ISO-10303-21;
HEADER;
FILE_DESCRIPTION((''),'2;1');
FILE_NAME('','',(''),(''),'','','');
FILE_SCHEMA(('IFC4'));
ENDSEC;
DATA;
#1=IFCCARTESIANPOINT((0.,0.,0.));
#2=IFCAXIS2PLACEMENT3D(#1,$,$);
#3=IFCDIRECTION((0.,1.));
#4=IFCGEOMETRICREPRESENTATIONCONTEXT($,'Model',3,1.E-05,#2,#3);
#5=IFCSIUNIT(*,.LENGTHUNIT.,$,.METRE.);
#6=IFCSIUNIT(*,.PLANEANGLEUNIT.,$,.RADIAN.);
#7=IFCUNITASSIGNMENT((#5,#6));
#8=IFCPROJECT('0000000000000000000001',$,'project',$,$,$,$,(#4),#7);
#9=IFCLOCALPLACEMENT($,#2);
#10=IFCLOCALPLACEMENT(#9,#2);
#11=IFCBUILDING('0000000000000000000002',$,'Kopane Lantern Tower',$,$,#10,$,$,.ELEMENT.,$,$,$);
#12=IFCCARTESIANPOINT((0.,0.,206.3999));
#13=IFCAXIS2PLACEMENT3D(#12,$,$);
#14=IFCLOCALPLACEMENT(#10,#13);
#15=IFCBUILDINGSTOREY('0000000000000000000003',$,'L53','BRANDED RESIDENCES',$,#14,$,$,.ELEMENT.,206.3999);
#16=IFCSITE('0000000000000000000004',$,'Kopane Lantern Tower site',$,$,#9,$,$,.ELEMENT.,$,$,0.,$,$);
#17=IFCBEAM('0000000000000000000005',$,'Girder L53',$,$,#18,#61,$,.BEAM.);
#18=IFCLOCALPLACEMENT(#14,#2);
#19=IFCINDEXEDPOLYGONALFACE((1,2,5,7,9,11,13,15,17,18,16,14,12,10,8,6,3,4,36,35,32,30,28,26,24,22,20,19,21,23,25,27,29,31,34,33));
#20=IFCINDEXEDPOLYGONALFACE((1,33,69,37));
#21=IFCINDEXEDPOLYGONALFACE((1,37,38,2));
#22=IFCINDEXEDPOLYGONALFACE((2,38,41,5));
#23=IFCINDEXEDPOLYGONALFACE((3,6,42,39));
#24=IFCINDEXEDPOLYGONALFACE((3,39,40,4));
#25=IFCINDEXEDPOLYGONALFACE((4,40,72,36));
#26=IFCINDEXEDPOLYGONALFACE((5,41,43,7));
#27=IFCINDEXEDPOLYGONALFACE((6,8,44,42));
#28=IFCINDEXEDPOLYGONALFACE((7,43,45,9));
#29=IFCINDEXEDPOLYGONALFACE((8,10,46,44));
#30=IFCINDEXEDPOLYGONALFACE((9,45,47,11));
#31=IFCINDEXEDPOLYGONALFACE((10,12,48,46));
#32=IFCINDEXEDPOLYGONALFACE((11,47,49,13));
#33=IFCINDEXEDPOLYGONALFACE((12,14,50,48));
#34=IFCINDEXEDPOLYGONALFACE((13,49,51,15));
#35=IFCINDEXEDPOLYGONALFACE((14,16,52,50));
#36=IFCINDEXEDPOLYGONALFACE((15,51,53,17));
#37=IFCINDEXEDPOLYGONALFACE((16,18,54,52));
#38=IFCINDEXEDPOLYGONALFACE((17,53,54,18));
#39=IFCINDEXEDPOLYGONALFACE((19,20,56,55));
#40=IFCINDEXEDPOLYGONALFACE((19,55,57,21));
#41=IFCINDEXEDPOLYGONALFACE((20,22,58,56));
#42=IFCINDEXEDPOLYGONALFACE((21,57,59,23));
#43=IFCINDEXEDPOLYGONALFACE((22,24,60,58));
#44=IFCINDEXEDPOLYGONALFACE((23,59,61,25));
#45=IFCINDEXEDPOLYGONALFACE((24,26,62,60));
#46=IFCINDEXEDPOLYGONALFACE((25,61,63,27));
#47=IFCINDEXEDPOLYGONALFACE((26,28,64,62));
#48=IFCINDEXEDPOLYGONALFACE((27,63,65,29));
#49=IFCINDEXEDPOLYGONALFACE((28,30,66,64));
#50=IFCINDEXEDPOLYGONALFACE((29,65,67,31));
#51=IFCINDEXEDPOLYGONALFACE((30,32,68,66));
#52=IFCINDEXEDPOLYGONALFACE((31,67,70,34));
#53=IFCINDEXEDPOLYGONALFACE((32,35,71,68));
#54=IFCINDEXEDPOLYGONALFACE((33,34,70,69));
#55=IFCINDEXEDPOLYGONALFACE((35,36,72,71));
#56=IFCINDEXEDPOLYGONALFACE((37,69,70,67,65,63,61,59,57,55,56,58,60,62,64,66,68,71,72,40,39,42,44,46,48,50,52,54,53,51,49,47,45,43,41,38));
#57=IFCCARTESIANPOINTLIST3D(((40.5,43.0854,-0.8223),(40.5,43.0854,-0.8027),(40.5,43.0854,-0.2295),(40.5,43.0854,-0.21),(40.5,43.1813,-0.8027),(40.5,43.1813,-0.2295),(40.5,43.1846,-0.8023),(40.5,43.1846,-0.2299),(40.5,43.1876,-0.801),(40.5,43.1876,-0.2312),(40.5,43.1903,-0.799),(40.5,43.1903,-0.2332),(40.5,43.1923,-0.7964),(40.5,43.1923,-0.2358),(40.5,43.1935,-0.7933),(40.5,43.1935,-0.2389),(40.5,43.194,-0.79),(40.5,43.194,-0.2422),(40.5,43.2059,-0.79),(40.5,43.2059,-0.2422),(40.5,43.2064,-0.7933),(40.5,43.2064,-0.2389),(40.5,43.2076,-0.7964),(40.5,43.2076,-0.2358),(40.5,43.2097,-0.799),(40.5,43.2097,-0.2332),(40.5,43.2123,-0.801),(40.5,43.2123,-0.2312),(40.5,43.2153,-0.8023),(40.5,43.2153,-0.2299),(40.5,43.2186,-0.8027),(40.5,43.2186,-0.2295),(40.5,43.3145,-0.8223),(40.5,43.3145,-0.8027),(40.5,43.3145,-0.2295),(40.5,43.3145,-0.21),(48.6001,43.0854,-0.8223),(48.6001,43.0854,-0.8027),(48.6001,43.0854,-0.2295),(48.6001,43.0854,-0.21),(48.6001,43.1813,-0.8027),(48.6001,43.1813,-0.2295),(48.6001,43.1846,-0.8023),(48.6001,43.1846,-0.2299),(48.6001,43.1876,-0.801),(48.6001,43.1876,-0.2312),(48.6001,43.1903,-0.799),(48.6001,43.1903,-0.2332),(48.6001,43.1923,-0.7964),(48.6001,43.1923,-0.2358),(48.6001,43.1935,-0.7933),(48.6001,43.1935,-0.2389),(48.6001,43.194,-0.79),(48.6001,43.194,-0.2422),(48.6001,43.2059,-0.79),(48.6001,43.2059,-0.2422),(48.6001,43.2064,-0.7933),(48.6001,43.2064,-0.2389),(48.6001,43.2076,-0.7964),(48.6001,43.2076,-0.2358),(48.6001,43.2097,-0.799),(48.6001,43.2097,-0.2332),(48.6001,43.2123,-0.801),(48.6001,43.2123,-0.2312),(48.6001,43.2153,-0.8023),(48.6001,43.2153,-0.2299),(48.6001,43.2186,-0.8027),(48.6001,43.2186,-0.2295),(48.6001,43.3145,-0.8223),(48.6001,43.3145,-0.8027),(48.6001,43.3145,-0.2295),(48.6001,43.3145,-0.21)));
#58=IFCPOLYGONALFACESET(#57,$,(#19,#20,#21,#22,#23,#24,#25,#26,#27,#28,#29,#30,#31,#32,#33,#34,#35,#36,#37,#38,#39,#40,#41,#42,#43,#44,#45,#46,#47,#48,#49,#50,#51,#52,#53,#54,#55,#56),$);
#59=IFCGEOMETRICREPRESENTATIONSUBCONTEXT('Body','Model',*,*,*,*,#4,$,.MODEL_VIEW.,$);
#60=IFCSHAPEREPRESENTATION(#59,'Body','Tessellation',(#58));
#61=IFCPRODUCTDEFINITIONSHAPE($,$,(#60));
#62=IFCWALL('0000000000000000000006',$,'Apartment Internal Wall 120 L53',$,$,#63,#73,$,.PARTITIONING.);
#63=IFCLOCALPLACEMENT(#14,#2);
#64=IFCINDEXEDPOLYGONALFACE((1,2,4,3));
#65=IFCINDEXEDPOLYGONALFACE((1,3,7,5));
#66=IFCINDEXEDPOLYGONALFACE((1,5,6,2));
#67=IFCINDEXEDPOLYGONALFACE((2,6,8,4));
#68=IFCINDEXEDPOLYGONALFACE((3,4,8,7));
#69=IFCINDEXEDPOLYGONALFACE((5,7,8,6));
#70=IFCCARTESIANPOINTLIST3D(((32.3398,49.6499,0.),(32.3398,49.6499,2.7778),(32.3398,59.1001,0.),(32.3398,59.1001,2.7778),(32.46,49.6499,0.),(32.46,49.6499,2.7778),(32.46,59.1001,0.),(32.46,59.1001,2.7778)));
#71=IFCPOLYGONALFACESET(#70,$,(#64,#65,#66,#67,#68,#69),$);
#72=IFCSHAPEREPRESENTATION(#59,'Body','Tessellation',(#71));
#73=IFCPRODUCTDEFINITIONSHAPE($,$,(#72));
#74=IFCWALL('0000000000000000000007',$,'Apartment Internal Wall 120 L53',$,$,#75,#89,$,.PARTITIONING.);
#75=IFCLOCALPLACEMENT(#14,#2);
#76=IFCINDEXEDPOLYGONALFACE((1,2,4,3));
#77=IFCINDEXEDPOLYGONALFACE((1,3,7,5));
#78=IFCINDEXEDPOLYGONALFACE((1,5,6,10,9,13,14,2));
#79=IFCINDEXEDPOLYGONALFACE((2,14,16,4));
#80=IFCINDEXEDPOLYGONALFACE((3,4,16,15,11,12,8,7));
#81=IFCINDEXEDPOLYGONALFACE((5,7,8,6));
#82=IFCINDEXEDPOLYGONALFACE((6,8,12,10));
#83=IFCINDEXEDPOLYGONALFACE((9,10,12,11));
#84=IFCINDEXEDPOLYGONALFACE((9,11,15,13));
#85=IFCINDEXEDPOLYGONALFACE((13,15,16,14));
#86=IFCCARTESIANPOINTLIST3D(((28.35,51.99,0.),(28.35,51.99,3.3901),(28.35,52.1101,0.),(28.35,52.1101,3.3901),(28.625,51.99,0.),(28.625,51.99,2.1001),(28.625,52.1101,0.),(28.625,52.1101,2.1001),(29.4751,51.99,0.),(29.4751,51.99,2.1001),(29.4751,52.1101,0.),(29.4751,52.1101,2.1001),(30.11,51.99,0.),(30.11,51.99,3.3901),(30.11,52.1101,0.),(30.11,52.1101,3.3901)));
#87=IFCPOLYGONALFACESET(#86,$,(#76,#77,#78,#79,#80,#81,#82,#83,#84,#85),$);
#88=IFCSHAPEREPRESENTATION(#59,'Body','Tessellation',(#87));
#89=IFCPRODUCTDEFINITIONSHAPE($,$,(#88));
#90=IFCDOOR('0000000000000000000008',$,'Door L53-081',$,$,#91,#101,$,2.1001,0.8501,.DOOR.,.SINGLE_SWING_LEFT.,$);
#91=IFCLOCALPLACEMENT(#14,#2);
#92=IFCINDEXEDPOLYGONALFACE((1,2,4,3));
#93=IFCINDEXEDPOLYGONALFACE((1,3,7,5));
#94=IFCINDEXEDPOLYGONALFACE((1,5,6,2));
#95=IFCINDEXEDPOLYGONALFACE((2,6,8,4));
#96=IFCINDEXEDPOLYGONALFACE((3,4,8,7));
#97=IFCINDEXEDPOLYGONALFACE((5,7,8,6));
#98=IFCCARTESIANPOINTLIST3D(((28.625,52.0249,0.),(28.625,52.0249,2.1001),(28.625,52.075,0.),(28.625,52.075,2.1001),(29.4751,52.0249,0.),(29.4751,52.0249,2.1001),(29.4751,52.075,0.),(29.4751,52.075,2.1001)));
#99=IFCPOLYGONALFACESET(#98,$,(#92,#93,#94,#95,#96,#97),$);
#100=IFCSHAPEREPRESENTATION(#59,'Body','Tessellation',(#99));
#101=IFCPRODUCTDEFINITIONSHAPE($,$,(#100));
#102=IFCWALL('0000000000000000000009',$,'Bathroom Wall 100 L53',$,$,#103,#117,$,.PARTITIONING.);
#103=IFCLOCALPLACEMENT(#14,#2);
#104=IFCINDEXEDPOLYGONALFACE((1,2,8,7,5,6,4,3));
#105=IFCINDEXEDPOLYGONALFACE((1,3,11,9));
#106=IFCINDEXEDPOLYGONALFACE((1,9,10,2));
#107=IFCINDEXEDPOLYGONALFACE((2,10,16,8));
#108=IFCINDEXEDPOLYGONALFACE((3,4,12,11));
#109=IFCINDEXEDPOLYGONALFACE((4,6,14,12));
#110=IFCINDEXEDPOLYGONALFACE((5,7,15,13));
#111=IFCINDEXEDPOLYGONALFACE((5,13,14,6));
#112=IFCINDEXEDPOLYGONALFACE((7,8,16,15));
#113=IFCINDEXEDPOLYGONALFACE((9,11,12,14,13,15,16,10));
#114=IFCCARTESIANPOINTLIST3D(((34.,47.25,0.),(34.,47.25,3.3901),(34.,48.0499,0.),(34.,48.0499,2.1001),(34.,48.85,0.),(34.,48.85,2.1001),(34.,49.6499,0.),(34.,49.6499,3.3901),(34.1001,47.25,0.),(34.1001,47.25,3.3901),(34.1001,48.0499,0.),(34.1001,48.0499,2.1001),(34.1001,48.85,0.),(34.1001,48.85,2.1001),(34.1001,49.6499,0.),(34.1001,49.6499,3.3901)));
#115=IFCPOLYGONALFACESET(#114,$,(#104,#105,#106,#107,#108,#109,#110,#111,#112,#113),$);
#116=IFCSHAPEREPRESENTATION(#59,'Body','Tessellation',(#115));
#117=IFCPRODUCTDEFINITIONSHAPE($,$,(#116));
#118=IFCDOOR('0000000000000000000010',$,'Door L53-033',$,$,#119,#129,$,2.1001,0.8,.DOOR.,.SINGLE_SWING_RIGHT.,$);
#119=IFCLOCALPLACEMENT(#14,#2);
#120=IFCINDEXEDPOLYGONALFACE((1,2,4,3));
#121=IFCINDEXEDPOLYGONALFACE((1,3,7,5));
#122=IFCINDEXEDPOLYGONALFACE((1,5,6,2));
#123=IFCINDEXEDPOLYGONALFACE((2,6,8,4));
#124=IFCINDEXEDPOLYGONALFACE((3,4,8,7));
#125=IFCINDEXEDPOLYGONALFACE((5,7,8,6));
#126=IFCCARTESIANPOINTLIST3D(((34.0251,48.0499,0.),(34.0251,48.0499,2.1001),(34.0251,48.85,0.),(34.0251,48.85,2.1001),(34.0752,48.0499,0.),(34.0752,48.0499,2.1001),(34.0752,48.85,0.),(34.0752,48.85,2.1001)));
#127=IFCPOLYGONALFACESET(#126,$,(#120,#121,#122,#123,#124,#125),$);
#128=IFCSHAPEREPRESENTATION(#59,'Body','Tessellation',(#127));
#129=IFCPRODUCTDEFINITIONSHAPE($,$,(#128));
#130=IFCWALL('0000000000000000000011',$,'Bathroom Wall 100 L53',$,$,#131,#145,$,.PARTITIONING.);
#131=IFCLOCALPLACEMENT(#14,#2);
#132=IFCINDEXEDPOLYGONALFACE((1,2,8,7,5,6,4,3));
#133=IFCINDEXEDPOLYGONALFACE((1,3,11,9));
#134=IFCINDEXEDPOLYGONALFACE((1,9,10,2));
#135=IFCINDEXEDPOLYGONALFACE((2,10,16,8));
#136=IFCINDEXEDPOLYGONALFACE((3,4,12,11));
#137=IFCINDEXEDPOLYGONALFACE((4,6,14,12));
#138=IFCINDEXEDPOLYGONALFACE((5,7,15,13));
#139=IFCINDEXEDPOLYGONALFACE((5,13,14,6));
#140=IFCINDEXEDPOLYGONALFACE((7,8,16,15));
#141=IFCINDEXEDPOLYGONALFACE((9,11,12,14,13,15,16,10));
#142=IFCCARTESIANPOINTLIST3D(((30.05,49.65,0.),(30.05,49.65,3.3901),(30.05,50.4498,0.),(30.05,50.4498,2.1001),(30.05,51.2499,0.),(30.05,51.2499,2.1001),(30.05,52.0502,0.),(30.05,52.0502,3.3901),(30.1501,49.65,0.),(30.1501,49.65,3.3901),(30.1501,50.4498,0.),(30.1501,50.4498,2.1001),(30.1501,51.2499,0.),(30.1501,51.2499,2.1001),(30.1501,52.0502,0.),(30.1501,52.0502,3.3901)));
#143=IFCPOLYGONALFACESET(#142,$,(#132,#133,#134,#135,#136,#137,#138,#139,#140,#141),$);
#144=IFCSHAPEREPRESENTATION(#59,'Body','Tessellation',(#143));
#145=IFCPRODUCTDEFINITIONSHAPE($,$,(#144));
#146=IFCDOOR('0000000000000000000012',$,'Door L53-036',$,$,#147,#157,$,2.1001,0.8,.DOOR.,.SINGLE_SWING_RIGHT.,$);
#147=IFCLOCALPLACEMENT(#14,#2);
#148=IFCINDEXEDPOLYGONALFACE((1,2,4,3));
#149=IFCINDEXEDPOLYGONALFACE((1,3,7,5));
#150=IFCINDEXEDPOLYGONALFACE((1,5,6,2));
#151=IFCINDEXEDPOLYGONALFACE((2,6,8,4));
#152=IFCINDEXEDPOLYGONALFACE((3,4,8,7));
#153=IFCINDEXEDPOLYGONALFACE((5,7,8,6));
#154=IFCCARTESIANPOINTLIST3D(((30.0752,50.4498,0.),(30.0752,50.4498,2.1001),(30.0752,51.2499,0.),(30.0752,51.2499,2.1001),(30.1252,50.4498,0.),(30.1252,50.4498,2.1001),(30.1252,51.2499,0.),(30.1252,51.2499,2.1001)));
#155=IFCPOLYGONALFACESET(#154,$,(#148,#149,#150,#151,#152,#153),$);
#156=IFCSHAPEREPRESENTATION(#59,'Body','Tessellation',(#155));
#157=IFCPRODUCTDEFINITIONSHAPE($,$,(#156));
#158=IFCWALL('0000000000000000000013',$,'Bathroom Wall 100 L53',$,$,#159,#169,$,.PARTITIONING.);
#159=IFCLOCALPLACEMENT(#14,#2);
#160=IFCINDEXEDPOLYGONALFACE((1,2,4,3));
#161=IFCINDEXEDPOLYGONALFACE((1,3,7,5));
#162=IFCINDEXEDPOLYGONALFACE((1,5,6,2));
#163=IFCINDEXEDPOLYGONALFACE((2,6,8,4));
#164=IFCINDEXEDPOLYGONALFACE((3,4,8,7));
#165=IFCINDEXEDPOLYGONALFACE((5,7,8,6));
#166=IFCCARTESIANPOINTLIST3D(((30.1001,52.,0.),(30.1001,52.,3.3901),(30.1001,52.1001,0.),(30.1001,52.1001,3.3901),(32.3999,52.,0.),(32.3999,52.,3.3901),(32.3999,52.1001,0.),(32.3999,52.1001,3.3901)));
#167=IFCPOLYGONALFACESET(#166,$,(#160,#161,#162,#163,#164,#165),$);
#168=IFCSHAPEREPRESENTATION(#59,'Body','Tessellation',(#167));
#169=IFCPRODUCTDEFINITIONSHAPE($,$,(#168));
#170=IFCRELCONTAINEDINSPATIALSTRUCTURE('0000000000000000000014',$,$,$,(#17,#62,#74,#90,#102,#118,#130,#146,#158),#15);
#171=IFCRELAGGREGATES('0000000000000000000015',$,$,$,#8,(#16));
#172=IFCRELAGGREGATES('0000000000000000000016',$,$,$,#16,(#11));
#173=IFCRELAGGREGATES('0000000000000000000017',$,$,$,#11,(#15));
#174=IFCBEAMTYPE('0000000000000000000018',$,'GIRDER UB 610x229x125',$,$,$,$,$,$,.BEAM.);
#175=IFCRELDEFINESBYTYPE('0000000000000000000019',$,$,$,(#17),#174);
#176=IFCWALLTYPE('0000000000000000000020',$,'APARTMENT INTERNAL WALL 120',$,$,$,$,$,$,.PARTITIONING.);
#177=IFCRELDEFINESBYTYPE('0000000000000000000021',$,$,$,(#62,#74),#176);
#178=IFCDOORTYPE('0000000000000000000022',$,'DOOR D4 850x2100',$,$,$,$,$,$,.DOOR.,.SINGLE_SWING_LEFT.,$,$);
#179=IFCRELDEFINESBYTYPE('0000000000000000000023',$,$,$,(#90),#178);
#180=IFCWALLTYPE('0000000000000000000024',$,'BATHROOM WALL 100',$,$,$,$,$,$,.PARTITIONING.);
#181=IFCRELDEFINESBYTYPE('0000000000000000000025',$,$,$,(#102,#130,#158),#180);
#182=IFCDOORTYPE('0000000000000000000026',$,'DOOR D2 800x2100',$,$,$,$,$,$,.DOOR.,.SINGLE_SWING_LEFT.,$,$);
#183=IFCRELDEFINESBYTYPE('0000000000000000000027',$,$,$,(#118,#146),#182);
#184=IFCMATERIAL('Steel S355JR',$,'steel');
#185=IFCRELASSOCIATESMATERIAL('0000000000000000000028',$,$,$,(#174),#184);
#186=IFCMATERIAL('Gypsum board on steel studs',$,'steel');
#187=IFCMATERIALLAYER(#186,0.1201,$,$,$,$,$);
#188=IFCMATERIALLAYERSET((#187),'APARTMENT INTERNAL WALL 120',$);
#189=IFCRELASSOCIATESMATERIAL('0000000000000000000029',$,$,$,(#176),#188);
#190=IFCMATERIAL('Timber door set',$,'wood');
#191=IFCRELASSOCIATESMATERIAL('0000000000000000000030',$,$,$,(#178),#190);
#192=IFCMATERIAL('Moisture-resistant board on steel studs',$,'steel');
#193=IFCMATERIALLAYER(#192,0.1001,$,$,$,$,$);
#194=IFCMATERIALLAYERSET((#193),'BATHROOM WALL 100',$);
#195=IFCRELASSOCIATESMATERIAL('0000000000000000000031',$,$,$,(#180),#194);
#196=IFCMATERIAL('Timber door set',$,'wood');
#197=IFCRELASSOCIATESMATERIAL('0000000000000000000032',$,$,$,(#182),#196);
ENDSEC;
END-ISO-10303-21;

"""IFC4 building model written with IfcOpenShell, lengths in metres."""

from ifc_helpers import new_model, si_unit, direction, frame, frame_2d, origin, origin_2d, place, context, subcontext, project, spatial, rectangle, i_section, extrude, material, layer, layer_set, material_profile, profile_set, type_object, element, fill, save


model = new_model("IFC4")

# Units and contexts
model_context = context("Model", 3, precision=1e-05, world=origin(), true_north=direction((0.0, 1.0)))
body_context = subcontext(model_context, "Body", "Model", "MODEL_VIEW")
ifc_project = project(units=[si_unit("LENGTHUNIT", "METRE"), si_unit("PLANEANGLEUNIT", "RADIAN")], contexts=[model_context])

# Site, building, storey
site_placement = place(None, origin())
site = spatial("IfcSite", under=ifc_project, at=site_placement, Name="Kopane Lantern Tower site", CompositionType="ELEMENT", RefElevation=0.0)
building_placement = place(site_placement, origin())
building = spatial("IfcBuilding", under=site, at=building_placement, Name="Kopane Lantern Tower", CompositionType="ELEMENT")
storey_placement = place(building_placement, frame((0.0, 0.0, 206.3999)))
storey = spatial("IfcBuildingStorey", under=building, at=storey_placement, Name="L53", Description="BRANDED RESIDENCES", CompositionType="ELEMENT", Elevation=206.3999)

# Beam
ifc_material_1 = material(Name="Steel S355JR", Category="steel")
ifc_material_profile_1 = material_profile(ifc_material_1, i_section(OverallWidth=0.229, OverallDepth=0.6123, WebThickness=0.012, FlangeThickness=0.0195, FilletRadius=0.0127, at=origin_2d()), Name="UB 610x229x125")
ifc_profile_set_1 = profile_set([ifc_material_profile_1], Name="Steel S355JR")
beam_type = type_object("IfcBeamType", Name="GIRDER UB 610x229x125", PredefinedType="BEAM", material=ifc_profile_set_1)
for number, where, z_axis, x_axis, name in (
    (1, (40.5, 43.2, -0.5161), (1.0, 0.0, 0.0), (0.0, 1.0, 0.0), "Girder L53"),
):
    element("IfcBeam", number, at=place(storey_placement, frame(where, z_axis=z_axis, x_axis=x_axis)), inside=storey, type_object=beam_type, Name=name, PredefinedType="BEAM", context=body_context, shape_type="SweptSolid", body=[
        extrude(i_section(OverallWidth=0.229, OverallDepth=0.6123, WebThickness=0.012, FlangeThickness=0.0195, FilletRadius=0.0127, at=origin_2d()), origin(), (0.0, 0.0, 1.0), 8.1001),
    ])

# Wall
ifc_material_2 = material(Name="Gypsum board on steel studs", Category="steel")
ifc_layer_1 = layer(ifc_material_2, 0.1201)
ifc_layer_set_1 = layer_set([ifc_layer_1], Name="APARTMENT INTERNAL WALL 120")
wall_type_1 = type_object("IfcWallType", Name="APARTMENT INTERNAL WALL 120", PredefinedType="PARTITIONING", material=ifc_layer_set_1)
wall_1_placement = place(storey_placement, frame((32.3999, 49.6499, 0.0), z_axis=(0.0, 0.0, 1.0), x_axis=(0.0, 1.0, 0.0)))
element("IfcWall", 2, at=wall_1_placement, inside=storey, type_object=wall_type_1, Name="Apartment Internal Wall 120 L53", PredefinedType="PARTITIONING", context=body_context, shape_type="SweptSolid", body=[
    extrude(rectangle(XDim=9.4502, YDim=0.1201, at=frame_2d((4.7251, 0.0))), origin(), (0.0, 0.0, 1.0), 2.7778),
])

# Walls, openings, doors
wall_2_placement = place(storey_placement, frame((28.3501, 52.05, 0.0), z_axis=(0.0, 0.0, 1.0), x_axis=(1.0, 0.0, 0.0)))
wall_2 = element("IfcWall", 3, at=wall_2_placement, inside=storey, type_object=wall_type_1, Name="Apartment Internal Wall 120 L53", PredefinedType="PARTITIONING", context=body_context, shape_type="SweptSolid", body=[
    extrude(rectangle(XDim=1.76, YDim=0.1201, at=frame_2d((0.8799, 0.0))), origin(), (0.0, 0.0, 1.0), 3.3901),
])
opening_1_placement = place(wall_2_placement, frame((0.2749, 0.0, 0.0)))
opening_1 = element("IfcOpeningElement", 4, at=opening_1_placement, cuts=wall_2, PredefinedType="OPENING", context=body_context, shape_type="SweptSolid", body=[
    extrude(rectangle(XDim=0.8501, YDim=2.1001, at=frame_2d((0.425, 1.05))), frame((0.0, 0.0701, 0.0), z_axis=(0.0, -1.0, 0.0), x_axis=(1.0, 0.0, 0.0)), (0.0, 0.0, 1.0), 0.1401),
])
ifc_material_3 = material(Name="Timber door set", Category="wood")
door_type_1 = type_object("IfcDoorType", Name="DOOR D4 850x2100", OperationType="SINGLE_SWING_LEFT", PredefinedType="DOOR", material=ifc_material_3)
door_1_placement = place(opening_1_placement, origin())
door_1 = element("IfcDoor", 5, at=door_1_placement, inside=storey, type_object=door_type_1, Name="Door L53-081", OperationType="SINGLE_SWING_LEFT", OverallHeight=2.1001, OverallWidth=0.8501, PredefinedType="DOOR", context=body_context, shape_type="SweptSolid", body=[
    extrude(rectangle(XDim=0.8501, YDim=2.1001, at=frame_2d((0.425, 1.05))), frame((0.0, 0.0249, 0.0), z_axis=(0.0, -1.0, 0.0), x_axis=(1.0, 0.0, 0.0)), (0.0, 0.0, 1.0), 0.05),
])
fill(opening_1, door_1)
ifc_material_4 = material(Name="Moisture-resistant board on steel studs", Category="steel")
ifc_layer_2 = layer(ifc_material_4, 0.1001)
ifc_layer_set_2 = layer_set([ifc_layer_2], Name="BATHROOM WALL 100")
wall_type_2 = type_object("IfcWallType", Name="BATHROOM WALL 100", PredefinedType="PARTITIONING", material=ifc_layer_set_2)
wall_3_placement = place(storey_placement, frame((34.05, 47.25, 0.0), z_axis=(0.0, 0.0, 1.0), x_axis=(0.0, 1.0, 0.0)))
wall_3 = element("IfcWall", 6, at=wall_3_placement, inside=storey, type_object=wall_type_2, Name="Bathroom Wall 100 L53", PredefinedType="PARTITIONING", context=body_context, shape_type="SweptSolid", body=[
    extrude(rectangle(XDim=2.3999, YDim=0.1001, at=frame_2d((1.2, 0.0))), origin(), (0.0, 0.0, 1.0), 3.3901),
])
opening_2_placement = place(wall_3_placement, frame((0.8, 0.0, 0.0)))
opening_2 = element("IfcOpeningElement", 7, at=opening_2_placement, cuts=wall_3, PredefinedType="OPENING", context=body_context, shape_type="SweptSolid", body=[
    extrude(rectangle(XDim=0.8, YDim=2.1001, at=frame_2d((0.3999, 1.05))), frame((0.0, 0.0601, 0.0), z_axis=(0.0, -1.0, 0.0), x_axis=(1.0, 0.0, 0.0)), (0.0, 0.0, 1.0), 0.1201),
])
ifc_material_5 = material(Name="Timber door set", Category="wood")
door_type_2 = type_object("IfcDoorType", Name="DOOR D2 800x2100", OperationType="SINGLE_SWING_LEFT", PredefinedType="DOOR", material=ifc_material_5)
door_2_placement = place(opening_2_placement, origin())
door_2 = element("IfcDoor", 8, at=door_2_placement, inside=storey, type_object=door_type_2, Name="Door L53-033", OperationType="SINGLE_SWING_RIGHT", OverallHeight=2.1001, OverallWidth=0.8, PredefinedType="DOOR", context=body_context, shape_type="SweptSolid", body=[
    extrude(rectangle(XDim=0.8, YDim=2.1001, at=frame_2d((0.3999, 1.05))), frame((0.0, 0.0249, 0.0), z_axis=(0.0, -1.0, 0.0), x_axis=(1.0, 0.0, 0.0)), (0.0, 0.0, 1.0), 0.05),
])
fill(opening_2, door_2)
wall_4_placement = place(storey_placement, frame((30.1001, 49.6499, 0.0), z_axis=(0.0, 0.0, 1.0), x_axis=(0.0, 1.0, 0.0)))
wall_4 = element("IfcWall", 9, at=wall_4_placement, inside=storey, type_object=wall_type_2, Name="Bathroom Wall 100 L53", PredefinedType="PARTITIONING", context=body_context, shape_type="SweptSolid", body=[
    extrude(rectangle(XDim=2.4001, YDim=0.1001, at=frame_2d((1.2002, 0.0))), origin(), (0.0, 0.0, 1.0), 3.3901),
])
opening_3_placement = place(wall_4_placement, frame((0.8, 0.0, 0.0)))
opening_3 = element("IfcOpeningElement", 10, at=opening_3_placement, cuts=wall_4, PredefinedType="OPENING", context=body_context, shape_type="SweptSolid", body=[
    extrude(rectangle(XDim=0.8, YDim=2.1001, at=frame_2d((0.3999, 1.05))), frame((0.0, 0.0601, 0.0), z_axis=(0.0, -1.0, 0.0), x_axis=(1.0, 0.0, 0.0)), (0.0, 0.0, 1.0), 0.1201),
])
door_3_placement = place(opening_3_placement, origin())
door_3 = element("IfcDoor", 11, at=door_3_placement, inside=storey, type_object=door_type_2, Name="Door L53-036", OperationType="SINGLE_SWING_RIGHT", OverallHeight=2.1001, OverallWidth=0.8, PredefinedType="DOOR", context=body_context, shape_type="SweptSolid", body=[
    extrude(rectangle(XDim=0.8, YDim=2.1001, at=frame_2d((0.3999, 1.05))), frame((0.0, 0.0249, 0.0), z_axis=(0.0, -1.0, 0.0), x_axis=(1.0, 0.0, 0.0)), (0.0, 0.0, 1.0), 0.05),
])
fill(opening_3, door_3)

# Wall
wall_5_placement = place(storey_placement, frame((30.1001, 52.05, 0.0), z_axis=(0.0, 0.0, 1.0), x_axis=(1.0, 0.0, 0.0)))
element("IfcWall", 12, at=wall_5_placement, inside=storey, type_object=wall_type_2, Name="Bathroom Wall 100 L53", PredefinedType="PARTITIONING", context=body_context, shape_type="SweptSolid", body=[
    extrude(rectangle(XDim=2.2998, YDim=0.1001, at=frame_2d((1.1499, 0.0))), origin(), (0.0, 0.0, 1.0), 3.3901),
])

save(model, "model.ifc")
